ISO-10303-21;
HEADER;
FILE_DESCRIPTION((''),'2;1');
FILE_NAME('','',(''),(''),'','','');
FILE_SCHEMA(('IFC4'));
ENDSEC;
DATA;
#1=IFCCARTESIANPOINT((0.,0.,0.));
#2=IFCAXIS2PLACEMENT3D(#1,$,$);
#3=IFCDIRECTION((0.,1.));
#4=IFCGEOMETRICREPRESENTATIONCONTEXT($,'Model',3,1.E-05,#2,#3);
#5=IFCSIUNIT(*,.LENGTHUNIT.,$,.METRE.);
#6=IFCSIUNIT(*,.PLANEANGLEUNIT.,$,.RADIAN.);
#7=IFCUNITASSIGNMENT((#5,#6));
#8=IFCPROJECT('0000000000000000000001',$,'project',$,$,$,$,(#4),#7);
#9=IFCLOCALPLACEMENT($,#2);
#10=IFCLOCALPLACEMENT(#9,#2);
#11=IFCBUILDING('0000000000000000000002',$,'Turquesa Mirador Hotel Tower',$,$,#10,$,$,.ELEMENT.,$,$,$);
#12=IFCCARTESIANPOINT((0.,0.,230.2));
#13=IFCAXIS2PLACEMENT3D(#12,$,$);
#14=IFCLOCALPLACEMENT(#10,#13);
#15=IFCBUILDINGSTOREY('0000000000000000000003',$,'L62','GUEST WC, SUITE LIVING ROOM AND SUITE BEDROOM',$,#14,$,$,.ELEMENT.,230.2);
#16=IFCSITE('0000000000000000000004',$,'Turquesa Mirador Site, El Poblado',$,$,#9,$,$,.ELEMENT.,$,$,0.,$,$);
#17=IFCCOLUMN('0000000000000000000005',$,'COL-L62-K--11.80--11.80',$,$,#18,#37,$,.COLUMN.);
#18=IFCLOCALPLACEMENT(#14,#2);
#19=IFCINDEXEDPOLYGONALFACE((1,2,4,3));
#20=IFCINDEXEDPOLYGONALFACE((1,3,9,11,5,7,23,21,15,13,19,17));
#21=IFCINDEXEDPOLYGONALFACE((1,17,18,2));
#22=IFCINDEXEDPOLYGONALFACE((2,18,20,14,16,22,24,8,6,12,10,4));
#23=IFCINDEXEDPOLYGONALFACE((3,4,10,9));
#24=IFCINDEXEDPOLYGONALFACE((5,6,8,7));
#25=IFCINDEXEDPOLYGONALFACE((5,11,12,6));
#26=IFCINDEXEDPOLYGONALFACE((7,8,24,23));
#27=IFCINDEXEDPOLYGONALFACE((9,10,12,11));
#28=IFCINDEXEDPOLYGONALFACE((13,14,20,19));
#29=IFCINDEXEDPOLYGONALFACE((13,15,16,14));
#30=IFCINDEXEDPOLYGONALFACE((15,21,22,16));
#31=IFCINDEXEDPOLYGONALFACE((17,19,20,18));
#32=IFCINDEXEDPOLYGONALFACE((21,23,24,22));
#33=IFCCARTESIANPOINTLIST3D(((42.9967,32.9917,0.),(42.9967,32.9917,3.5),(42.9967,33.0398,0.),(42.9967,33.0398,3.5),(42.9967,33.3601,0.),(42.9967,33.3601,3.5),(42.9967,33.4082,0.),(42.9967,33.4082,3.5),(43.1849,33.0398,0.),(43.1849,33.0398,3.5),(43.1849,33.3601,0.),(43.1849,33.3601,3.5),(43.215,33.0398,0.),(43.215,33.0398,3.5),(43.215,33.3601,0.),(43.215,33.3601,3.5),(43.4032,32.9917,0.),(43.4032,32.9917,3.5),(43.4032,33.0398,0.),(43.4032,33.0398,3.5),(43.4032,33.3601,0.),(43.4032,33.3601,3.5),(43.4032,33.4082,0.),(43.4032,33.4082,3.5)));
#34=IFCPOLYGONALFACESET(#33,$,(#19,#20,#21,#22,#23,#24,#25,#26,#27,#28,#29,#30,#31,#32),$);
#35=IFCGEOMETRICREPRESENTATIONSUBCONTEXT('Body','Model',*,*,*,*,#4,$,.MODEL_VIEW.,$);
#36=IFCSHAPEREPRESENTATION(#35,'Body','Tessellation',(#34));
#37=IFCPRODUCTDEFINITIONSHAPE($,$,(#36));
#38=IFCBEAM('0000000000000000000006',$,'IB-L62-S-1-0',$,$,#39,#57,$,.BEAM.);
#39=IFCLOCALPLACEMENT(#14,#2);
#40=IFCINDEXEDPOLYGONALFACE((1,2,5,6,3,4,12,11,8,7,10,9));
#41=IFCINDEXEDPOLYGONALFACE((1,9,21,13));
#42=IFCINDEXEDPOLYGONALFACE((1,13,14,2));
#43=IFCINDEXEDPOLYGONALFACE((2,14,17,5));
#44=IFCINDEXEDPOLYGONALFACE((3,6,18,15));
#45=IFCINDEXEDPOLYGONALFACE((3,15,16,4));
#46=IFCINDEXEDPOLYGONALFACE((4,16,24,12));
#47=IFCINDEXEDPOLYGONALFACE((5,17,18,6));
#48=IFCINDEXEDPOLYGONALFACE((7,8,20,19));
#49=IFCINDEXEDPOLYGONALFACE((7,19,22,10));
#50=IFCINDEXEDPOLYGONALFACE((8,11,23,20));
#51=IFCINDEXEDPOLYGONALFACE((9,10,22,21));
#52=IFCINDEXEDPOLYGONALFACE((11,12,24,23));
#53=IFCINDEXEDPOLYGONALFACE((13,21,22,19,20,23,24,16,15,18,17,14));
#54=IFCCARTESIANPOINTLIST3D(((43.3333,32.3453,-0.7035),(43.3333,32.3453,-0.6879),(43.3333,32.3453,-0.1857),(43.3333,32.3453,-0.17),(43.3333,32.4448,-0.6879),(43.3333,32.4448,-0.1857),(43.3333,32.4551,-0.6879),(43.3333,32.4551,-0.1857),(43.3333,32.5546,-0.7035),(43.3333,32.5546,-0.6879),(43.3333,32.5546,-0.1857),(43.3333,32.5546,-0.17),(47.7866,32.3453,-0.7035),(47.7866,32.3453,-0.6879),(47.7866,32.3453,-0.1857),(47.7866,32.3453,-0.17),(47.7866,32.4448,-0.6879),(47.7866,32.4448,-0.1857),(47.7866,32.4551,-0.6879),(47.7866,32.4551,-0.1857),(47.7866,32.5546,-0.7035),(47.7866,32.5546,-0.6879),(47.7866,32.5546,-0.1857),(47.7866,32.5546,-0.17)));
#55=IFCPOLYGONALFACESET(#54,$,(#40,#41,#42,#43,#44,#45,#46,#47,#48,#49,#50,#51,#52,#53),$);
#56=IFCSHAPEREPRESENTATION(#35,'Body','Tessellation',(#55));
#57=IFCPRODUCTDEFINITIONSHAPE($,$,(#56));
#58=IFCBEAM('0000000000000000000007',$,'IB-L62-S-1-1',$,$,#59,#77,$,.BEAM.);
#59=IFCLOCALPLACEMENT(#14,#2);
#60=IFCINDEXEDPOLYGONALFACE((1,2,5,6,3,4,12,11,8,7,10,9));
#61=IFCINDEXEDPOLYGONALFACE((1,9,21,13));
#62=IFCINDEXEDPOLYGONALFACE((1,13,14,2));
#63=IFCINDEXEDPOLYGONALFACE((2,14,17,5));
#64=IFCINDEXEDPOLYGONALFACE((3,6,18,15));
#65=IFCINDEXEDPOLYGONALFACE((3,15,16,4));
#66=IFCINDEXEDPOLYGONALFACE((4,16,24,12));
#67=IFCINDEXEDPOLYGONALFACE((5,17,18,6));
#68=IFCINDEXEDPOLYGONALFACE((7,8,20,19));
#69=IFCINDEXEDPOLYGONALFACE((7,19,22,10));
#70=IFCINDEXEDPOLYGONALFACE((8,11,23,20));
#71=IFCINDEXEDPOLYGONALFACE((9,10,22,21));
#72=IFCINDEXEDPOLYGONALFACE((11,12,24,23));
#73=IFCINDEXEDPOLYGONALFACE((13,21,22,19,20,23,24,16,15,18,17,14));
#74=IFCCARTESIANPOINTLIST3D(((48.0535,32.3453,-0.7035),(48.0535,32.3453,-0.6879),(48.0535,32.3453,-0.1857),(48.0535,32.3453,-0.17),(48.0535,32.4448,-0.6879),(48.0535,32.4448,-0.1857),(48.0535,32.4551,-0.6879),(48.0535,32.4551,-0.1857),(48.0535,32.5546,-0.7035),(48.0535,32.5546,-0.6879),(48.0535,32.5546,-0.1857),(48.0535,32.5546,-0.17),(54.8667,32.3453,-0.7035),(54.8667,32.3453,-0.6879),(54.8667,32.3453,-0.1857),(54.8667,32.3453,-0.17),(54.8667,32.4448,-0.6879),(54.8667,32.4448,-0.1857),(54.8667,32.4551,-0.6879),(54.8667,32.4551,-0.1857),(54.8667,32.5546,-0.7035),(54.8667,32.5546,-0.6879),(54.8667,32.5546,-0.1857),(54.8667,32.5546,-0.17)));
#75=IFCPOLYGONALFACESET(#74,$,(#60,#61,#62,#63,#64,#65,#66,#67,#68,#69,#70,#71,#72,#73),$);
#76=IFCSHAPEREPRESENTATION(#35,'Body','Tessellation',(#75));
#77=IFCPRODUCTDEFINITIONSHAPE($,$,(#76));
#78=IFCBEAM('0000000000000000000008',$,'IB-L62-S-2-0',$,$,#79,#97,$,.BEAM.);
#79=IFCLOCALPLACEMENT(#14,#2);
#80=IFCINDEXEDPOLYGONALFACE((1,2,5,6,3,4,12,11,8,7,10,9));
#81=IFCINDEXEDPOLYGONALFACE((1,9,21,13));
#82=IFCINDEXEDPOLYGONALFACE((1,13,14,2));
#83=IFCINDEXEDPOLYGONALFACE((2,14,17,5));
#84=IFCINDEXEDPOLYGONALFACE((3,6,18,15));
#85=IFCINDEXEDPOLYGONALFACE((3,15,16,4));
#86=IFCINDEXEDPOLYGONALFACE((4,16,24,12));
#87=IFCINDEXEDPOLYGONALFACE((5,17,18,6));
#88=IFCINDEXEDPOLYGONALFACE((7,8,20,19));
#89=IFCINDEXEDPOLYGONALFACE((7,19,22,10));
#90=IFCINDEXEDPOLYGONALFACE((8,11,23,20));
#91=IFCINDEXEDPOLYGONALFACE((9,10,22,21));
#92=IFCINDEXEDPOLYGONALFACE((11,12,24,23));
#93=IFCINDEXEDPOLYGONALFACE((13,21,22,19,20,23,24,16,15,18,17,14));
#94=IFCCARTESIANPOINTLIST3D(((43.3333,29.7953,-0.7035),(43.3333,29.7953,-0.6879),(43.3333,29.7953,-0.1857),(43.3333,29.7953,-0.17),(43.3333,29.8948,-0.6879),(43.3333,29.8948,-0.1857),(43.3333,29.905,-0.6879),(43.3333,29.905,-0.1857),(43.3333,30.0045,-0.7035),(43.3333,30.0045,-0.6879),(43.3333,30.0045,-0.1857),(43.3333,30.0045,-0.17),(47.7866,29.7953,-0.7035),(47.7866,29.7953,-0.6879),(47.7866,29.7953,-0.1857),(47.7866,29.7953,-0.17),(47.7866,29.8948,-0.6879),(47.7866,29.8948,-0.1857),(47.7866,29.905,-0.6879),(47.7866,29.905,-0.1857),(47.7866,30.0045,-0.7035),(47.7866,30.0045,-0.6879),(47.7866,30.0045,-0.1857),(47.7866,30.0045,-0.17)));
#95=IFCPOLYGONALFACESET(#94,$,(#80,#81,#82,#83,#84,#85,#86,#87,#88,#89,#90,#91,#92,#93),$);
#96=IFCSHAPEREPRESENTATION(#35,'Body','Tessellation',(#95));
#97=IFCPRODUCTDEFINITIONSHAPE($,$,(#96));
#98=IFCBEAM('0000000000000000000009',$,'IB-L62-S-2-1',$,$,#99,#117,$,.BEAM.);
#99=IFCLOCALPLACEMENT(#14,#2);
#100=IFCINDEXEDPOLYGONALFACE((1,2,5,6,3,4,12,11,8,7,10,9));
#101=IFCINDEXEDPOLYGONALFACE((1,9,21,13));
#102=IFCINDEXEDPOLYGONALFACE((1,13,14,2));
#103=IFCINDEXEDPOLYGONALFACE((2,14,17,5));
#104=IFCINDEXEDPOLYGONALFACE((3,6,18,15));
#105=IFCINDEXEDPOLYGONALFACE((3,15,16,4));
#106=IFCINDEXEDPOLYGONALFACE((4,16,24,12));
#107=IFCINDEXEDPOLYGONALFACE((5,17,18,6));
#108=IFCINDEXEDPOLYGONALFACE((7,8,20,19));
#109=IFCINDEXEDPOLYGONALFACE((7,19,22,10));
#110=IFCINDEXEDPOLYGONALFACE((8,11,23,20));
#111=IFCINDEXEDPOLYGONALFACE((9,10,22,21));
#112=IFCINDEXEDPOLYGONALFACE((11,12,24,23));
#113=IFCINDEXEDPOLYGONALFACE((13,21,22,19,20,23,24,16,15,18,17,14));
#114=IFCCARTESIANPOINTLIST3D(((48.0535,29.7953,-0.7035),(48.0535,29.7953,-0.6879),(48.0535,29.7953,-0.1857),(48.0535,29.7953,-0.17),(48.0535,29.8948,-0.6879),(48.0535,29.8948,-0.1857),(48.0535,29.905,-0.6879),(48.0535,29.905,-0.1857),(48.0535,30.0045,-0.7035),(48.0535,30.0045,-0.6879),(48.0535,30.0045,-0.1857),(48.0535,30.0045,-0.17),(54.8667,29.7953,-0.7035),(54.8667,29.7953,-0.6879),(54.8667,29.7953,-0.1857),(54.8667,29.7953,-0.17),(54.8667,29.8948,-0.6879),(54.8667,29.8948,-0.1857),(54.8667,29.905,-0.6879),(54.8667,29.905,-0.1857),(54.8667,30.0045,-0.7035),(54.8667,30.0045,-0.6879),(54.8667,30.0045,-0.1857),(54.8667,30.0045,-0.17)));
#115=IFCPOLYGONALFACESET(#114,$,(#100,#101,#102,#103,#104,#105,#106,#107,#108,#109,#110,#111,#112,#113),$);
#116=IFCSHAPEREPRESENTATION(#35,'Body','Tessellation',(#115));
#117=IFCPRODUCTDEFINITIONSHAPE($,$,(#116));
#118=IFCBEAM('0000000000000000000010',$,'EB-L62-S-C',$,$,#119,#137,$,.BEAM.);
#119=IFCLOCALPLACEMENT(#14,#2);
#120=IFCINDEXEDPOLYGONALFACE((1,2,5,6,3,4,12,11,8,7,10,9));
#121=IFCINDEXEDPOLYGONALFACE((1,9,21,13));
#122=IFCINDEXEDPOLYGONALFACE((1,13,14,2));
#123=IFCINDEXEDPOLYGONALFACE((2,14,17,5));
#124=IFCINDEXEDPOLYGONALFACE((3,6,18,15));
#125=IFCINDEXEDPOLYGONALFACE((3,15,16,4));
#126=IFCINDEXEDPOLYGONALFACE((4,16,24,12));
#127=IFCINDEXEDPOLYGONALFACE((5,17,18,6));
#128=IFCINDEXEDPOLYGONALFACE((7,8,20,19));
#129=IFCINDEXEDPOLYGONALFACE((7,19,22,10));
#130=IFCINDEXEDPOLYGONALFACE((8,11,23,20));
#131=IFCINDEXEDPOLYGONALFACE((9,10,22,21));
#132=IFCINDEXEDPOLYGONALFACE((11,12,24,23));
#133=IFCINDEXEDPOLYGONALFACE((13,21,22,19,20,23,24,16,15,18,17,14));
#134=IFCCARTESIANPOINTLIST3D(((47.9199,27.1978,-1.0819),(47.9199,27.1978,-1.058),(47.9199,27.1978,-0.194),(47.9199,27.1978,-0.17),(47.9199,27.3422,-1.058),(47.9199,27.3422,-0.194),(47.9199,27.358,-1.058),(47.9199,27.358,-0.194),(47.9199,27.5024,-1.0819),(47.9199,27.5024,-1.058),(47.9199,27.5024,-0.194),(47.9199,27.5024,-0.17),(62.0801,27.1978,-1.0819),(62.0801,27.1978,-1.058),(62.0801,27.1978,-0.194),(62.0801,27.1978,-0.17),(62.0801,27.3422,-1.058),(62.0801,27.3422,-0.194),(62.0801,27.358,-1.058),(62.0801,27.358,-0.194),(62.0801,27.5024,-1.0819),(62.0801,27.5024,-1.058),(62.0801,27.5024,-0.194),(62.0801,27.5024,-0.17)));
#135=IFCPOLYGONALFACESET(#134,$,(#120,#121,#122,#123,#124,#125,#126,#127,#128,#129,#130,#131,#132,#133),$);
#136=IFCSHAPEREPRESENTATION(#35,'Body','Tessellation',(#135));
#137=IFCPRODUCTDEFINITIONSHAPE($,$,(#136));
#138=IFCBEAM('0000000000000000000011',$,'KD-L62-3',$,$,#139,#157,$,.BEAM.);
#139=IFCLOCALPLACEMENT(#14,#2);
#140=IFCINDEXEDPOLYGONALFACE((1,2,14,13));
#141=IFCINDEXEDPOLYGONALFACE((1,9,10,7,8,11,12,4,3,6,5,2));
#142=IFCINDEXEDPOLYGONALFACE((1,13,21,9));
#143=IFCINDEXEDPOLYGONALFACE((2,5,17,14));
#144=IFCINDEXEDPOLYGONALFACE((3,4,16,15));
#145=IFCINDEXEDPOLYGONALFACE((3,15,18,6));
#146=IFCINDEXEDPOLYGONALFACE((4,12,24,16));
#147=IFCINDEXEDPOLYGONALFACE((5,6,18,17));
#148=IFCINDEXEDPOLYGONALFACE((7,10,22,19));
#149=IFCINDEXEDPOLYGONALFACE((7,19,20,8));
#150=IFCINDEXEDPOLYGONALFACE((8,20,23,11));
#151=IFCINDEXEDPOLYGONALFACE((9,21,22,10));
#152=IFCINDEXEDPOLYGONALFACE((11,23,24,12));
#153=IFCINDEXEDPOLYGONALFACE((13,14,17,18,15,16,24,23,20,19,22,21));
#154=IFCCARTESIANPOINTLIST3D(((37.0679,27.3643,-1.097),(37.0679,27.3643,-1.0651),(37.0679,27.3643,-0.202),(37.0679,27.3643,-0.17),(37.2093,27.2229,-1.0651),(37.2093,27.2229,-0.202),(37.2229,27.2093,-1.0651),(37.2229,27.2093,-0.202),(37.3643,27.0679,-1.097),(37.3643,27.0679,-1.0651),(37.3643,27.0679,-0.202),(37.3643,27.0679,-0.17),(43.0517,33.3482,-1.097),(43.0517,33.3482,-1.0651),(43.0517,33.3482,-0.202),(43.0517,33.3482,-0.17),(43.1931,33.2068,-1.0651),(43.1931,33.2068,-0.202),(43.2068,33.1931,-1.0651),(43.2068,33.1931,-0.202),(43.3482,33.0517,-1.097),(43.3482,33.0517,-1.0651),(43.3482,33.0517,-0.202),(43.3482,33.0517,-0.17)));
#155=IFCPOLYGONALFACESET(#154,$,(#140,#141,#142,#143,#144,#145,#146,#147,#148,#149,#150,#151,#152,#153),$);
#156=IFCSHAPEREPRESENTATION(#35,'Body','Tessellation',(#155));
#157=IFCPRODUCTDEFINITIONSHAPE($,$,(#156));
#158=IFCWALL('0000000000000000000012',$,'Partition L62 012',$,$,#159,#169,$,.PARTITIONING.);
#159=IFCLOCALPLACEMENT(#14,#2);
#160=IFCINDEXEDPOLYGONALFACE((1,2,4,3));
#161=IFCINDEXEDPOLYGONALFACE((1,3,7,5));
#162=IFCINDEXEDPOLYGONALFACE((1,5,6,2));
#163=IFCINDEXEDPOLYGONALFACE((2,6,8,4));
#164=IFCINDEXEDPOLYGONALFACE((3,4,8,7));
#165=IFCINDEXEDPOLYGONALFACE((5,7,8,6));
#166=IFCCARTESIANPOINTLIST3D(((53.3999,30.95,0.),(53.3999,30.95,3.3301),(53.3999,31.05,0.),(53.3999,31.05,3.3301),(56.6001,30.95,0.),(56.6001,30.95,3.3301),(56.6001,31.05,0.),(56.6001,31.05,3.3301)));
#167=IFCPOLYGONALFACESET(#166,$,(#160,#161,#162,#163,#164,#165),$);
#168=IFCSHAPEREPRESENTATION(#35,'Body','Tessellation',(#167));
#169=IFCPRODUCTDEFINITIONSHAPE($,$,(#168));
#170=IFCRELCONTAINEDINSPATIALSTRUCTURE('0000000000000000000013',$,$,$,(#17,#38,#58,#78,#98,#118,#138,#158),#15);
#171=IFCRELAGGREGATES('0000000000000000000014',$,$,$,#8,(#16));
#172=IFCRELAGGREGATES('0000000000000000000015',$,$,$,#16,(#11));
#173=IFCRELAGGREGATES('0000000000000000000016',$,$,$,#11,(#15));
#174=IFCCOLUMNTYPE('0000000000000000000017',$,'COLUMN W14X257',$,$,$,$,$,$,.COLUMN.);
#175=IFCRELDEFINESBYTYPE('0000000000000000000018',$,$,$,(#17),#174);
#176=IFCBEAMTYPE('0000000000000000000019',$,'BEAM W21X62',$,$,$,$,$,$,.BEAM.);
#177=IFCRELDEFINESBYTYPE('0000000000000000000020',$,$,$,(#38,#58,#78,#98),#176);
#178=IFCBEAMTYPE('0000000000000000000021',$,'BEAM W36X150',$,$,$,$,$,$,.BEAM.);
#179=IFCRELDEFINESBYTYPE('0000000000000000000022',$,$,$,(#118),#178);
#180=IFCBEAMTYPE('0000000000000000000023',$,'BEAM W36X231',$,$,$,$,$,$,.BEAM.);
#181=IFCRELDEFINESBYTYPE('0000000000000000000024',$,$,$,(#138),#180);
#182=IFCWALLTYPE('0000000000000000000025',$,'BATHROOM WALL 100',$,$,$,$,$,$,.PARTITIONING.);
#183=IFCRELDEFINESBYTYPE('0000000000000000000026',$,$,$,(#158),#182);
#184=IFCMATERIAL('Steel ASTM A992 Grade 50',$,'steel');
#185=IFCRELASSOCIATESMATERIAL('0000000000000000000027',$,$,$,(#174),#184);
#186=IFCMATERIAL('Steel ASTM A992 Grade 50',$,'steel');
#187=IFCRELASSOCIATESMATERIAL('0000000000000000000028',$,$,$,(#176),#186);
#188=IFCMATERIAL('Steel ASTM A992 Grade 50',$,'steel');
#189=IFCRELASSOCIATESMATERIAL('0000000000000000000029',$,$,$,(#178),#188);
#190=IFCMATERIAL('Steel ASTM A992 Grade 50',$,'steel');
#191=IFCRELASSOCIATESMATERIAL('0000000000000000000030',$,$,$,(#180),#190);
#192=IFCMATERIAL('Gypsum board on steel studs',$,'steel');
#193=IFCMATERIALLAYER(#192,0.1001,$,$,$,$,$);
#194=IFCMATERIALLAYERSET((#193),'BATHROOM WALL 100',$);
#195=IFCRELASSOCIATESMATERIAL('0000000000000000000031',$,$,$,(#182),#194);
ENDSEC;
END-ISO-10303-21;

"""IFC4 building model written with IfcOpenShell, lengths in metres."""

from ifc_helpers import new_model, si_unit, direction, frame, frame_2d, origin, origin_2d, place, context, subcontext, project, spatial, rectangle, i_section, extrude, material, layer, layer_set, material_profile, profile_set, type_object, element, save


model = new_model("IFC4")

# Units and contexts
model_context = context("Model", 3, precision=1e-05, world=origin(), true_north=direction((0.0, 1.0)))
body_context = subcontext(model_context, "Body", "Model", "MODEL_VIEW")
ifc_project = project(units=[si_unit("LENGTHUNIT", "METRE"), si_unit("PLANEANGLEUNIT", "RADIAN")], contexts=[model_context])

# Site, building, storey
site_placement = place(None, origin())
site = spatial("IfcSite", under=ifc_project, at=site_placement, Name="Turquesa Mirador Site, El Poblado", CompositionType="ELEMENT", RefElevation=0.0)
building_placement = place(site_placement, origin())
building = spatial("IfcBuilding", under=site, at=building_placement, Name="Turquesa Mirador Hotel Tower", CompositionType="ELEMENT")
storey_placement = place(building_placement, frame((0.0, 0.0, 230.2)))
storey = spatial("IfcBuildingStorey", under=building, at=storey_placement, Name="L62", Description="GUEST WC, SUITE LIVING ROOM AND SUITE BEDROOM", CompositionType="ELEMENT", Elevation=230.2)

# Column
ifc_material_1 = material(Name="Steel ASTM A992 Grade 50", Category="steel")
ifc_material_profile_1 = material_profile(ifc_material_1, i_section(OverallWidth=0.4065, OverallDepth=0.4165, WebThickness=0.03, FlangeThickness=0.0481, at=origin_2d()), Name="W14X257")
ifc_profile_set_1 = profile_set([ifc_material_profile_1], Name="Steel ASTM A992 Grade 50")
column_type = type_object("IfcColumnType", Name="COLUMN W14X257", PredefinedType="COLUMN", material=ifc_profile_set_1)
column_placement = place(storey_placement, frame((43.2, 33.2, 0.0), z_axis=(0.0, 0.0, 1.0), x_axis=(1.0, 0.0, 0.0)))
element("IfcColumn", 1, at=column_placement, inside=storey, type_object=column_type, Name="COL-L62-K--11.80--11.80", PredefinedType="COLUMN", context=body_context, shape_type="SweptSolid", body=[
    extrude(i_section(OverallWidth=0.4065, OverallDepth=0.4165, WebThickness=0.03, FlangeThickness=0.0481, at=origin_2d()), origin(), (0.0, 0.0, 1.0), 3.5),
])

# Beams
ifc_material_2 = material(Name="Steel ASTM A992 Grade 50", Category="steel")
ifc_material_profile_2 = material_profile(ifc_material_2, i_section(OverallWidth=0.2092, OverallDepth=0.5334, WebThickness=0.0103, FlangeThickness=0.0156, at=origin_2d()), Name="W21X62")
ifc_profile_set_2 = profile_set([ifc_material_profile_2], Name="Steel ASTM A992 Grade 50")
beam_type_1 = type_object("IfcBeamType", Name="BEAM W21X62", PredefinedType="BEAM", material=ifc_profile_set_2)
beam_1_placement = place(storey_placement, frame((43.3333, 32.45, -0.4368), z_axis=(1.0, 0.0, 0.0), x_axis=(0.0, 1.0, 0.0)))
element("IfcBeam", 2, at=beam_1_placement, inside=storey, type_object=beam_type_1, Name="IB-L62-S-1-0", PredefinedType="BEAM", context=body_context, shape_type="SweptSolid", body=[
    extrude(i_section(OverallWidth=0.2092, OverallDepth=0.5334, WebThickness=0.0103, FlangeThickness=0.0156, at=origin_2d()), origin(), (0.0, 0.0, 1.0), 4.4534),
])
beam_2_placement = place(storey_placement, frame((48.0535, 32.45, -0.4368), z_axis=(1.0, 0.0, 0.0), x_axis=(0.0, 1.0, 0.0)))
element("IfcBeam", 3, at=beam_2_placement, inside=storey, type_object=beam_type_1, Name="IB-L62-S-1-1", PredefinedType="BEAM", context=body_context, shape_type="SweptSolid", body=[
    extrude(i_section(OverallWidth=0.2092, OverallDepth=0.5334, WebThickness=0.0103, FlangeThickness=0.0156, at=origin_2d()), origin(), (0.0, 0.0, 1.0), 6.8132),
])
beam_3_placement = place(storey_placement, frame((43.3333, 29.8999, -0.4368), z_axis=(1.0, 0.0, 0.0), x_axis=(0.0, 1.0, 0.0)))
element("IfcBeam", 4, at=beam_3_placement, inside=storey, type_object=beam_type_1, Name="IB-L62-S-2-0", PredefinedType="BEAM", context=body_context, shape_type="SweptSolid", body=[
    extrude(i_section(OverallWidth=0.2092, OverallDepth=0.5334, WebThickness=0.0103, FlangeThickness=0.0156, at=origin_2d()), origin(), (0.0, 0.0, 1.0), 4.4534),
])
beam_4_placement = place(storey_placement, frame((48.0535, 29.8999, -0.4368), z_axis=(1.0, 0.0, 0.0), x_axis=(0.0, 1.0, 0.0)))
element("IfcBeam", 5, at=beam_4_placement, inside=storey, type_object=beam_type_1, Name="IB-L62-S-2-1", PredefinedType="BEAM", context=body_context, shape_type="SweptSolid", body=[
    extrude(i_section(OverallWidth=0.2092, OverallDepth=0.5334, WebThickness=0.0103, FlangeThickness=0.0156, at=origin_2d()), origin(), (0.0, 0.0, 1.0), 6.8132),
])
ifc_material_3 = material(Name="Steel ASTM A992 Grade 50", Category="steel")
ifc_material_profile_3 = material_profile(ifc_material_3, i_section(OverallWidth=0.3047, OverallDepth=0.9119, WebThickness=0.0159, FlangeThickness=0.0239, at=origin_2d()), Name="W36X150")
ifc_profile_set_3 = profile_set([ifc_material_profile_3], Name="Steel ASTM A992 Grade 50")
beam_type_2 = type_object("IfcBeamType", Name="BEAM W36X150", PredefinedType="BEAM", material=ifc_profile_set_3)
beam_5_placement = place(storey_placement, frame((47.9199, 27.3501, -0.626), z_axis=(1.0, 0.0, 0.0), x_axis=(0.0, 1.0, 0.0)))
element("IfcBeam", 6, at=beam_5_placement, inside=storey, type_object=beam_type_2, Name="EB-L62-S-C", PredefinedType="BEAM", context=body_context, shape_type="SweptSolid", body=[
    extrude(i_section(OverallWidth=0.3047, OverallDepth=0.9119, WebThickness=0.0159, FlangeThickness=0.0239, at=origin_2d()), origin(), (0.0, 0.0, 1.0), 14.1602),
])
ifc_material_4 = material(Name="Steel ASTM A992 Grade 50", Category="steel")
ifc_material_profile_4 = material_profile(ifc_material_4, i_section(OverallWidth=0.4192, OverallDepth=0.927, WebThickness=0.0193, FlangeThickness=0.032, at=origin_2d()), Name="W36X231")
ifc_profile_set_4 = profile_set([ifc_material_profile_4], Name="Steel ASTM A992 Grade 50")
beam_type_3 = type_object("IfcBeamType", Name="BEAM W36X231", PredefinedType="BEAM", material=ifc_profile_set_4)
beam_6_placement = place(storey_placement, frame((43.2, 33.2, -0.6335), z_axis=(-0.707107, -0.707107, 0.0), x_axis=(0.707107, -0.707107, 0.0)))
element("IfcBeam", 7, at=beam_6_placement, inside=storey, type_object=beam_type_3, Name="KD-L62-3", PredefinedType="BEAM", context=body_context, shape_type="SweptSolid", body=[
    extrude(i_section(OverallWidth=0.4192, OverallDepth=0.927, WebThickness=0.0193, FlangeThickness=0.032, at=origin_2d()), origin(), (0.0, 0.0, 1.0), 8.4624),
])

# Wall
ifc_material_5 = material(Name="Gypsum board on steel studs", Category="steel")
ifc_layer_1 = layer(ifc_material_5, 0.1001)
ifc_layer_set_1 = layer_set([ifc_layer_1], Name="BATHROOM WALL 100")
wall_type_1 = type_object("IfcWallType", Name="BATHROOM WALL 100", PredefinedType="PARTITIONING", material=ifc_layer_set_1)
wall_1_placement = place(storey_placement, frame((53.3999, 31.0, 0.0), z_axis=(0.0, 0.0, 1.0), x_axis=(1.0, 0.0, 0.0)))
element("IfcWall", 8, at=wall_1_placement, inside=storey, type_object=wall_type_1, Name="Partition L62 012", PredefinedType="PARTITIONING", context=body_context, shape_type="SweptSolid", body=[
    extrude(rectangle(XDim=3.2002, YDim=0.1001, at=frame_2d((1.6001, 0.0))), origin(), (0.0, 0.0, 1.0), 3.3301),
])

save(model, "model.ifc")
